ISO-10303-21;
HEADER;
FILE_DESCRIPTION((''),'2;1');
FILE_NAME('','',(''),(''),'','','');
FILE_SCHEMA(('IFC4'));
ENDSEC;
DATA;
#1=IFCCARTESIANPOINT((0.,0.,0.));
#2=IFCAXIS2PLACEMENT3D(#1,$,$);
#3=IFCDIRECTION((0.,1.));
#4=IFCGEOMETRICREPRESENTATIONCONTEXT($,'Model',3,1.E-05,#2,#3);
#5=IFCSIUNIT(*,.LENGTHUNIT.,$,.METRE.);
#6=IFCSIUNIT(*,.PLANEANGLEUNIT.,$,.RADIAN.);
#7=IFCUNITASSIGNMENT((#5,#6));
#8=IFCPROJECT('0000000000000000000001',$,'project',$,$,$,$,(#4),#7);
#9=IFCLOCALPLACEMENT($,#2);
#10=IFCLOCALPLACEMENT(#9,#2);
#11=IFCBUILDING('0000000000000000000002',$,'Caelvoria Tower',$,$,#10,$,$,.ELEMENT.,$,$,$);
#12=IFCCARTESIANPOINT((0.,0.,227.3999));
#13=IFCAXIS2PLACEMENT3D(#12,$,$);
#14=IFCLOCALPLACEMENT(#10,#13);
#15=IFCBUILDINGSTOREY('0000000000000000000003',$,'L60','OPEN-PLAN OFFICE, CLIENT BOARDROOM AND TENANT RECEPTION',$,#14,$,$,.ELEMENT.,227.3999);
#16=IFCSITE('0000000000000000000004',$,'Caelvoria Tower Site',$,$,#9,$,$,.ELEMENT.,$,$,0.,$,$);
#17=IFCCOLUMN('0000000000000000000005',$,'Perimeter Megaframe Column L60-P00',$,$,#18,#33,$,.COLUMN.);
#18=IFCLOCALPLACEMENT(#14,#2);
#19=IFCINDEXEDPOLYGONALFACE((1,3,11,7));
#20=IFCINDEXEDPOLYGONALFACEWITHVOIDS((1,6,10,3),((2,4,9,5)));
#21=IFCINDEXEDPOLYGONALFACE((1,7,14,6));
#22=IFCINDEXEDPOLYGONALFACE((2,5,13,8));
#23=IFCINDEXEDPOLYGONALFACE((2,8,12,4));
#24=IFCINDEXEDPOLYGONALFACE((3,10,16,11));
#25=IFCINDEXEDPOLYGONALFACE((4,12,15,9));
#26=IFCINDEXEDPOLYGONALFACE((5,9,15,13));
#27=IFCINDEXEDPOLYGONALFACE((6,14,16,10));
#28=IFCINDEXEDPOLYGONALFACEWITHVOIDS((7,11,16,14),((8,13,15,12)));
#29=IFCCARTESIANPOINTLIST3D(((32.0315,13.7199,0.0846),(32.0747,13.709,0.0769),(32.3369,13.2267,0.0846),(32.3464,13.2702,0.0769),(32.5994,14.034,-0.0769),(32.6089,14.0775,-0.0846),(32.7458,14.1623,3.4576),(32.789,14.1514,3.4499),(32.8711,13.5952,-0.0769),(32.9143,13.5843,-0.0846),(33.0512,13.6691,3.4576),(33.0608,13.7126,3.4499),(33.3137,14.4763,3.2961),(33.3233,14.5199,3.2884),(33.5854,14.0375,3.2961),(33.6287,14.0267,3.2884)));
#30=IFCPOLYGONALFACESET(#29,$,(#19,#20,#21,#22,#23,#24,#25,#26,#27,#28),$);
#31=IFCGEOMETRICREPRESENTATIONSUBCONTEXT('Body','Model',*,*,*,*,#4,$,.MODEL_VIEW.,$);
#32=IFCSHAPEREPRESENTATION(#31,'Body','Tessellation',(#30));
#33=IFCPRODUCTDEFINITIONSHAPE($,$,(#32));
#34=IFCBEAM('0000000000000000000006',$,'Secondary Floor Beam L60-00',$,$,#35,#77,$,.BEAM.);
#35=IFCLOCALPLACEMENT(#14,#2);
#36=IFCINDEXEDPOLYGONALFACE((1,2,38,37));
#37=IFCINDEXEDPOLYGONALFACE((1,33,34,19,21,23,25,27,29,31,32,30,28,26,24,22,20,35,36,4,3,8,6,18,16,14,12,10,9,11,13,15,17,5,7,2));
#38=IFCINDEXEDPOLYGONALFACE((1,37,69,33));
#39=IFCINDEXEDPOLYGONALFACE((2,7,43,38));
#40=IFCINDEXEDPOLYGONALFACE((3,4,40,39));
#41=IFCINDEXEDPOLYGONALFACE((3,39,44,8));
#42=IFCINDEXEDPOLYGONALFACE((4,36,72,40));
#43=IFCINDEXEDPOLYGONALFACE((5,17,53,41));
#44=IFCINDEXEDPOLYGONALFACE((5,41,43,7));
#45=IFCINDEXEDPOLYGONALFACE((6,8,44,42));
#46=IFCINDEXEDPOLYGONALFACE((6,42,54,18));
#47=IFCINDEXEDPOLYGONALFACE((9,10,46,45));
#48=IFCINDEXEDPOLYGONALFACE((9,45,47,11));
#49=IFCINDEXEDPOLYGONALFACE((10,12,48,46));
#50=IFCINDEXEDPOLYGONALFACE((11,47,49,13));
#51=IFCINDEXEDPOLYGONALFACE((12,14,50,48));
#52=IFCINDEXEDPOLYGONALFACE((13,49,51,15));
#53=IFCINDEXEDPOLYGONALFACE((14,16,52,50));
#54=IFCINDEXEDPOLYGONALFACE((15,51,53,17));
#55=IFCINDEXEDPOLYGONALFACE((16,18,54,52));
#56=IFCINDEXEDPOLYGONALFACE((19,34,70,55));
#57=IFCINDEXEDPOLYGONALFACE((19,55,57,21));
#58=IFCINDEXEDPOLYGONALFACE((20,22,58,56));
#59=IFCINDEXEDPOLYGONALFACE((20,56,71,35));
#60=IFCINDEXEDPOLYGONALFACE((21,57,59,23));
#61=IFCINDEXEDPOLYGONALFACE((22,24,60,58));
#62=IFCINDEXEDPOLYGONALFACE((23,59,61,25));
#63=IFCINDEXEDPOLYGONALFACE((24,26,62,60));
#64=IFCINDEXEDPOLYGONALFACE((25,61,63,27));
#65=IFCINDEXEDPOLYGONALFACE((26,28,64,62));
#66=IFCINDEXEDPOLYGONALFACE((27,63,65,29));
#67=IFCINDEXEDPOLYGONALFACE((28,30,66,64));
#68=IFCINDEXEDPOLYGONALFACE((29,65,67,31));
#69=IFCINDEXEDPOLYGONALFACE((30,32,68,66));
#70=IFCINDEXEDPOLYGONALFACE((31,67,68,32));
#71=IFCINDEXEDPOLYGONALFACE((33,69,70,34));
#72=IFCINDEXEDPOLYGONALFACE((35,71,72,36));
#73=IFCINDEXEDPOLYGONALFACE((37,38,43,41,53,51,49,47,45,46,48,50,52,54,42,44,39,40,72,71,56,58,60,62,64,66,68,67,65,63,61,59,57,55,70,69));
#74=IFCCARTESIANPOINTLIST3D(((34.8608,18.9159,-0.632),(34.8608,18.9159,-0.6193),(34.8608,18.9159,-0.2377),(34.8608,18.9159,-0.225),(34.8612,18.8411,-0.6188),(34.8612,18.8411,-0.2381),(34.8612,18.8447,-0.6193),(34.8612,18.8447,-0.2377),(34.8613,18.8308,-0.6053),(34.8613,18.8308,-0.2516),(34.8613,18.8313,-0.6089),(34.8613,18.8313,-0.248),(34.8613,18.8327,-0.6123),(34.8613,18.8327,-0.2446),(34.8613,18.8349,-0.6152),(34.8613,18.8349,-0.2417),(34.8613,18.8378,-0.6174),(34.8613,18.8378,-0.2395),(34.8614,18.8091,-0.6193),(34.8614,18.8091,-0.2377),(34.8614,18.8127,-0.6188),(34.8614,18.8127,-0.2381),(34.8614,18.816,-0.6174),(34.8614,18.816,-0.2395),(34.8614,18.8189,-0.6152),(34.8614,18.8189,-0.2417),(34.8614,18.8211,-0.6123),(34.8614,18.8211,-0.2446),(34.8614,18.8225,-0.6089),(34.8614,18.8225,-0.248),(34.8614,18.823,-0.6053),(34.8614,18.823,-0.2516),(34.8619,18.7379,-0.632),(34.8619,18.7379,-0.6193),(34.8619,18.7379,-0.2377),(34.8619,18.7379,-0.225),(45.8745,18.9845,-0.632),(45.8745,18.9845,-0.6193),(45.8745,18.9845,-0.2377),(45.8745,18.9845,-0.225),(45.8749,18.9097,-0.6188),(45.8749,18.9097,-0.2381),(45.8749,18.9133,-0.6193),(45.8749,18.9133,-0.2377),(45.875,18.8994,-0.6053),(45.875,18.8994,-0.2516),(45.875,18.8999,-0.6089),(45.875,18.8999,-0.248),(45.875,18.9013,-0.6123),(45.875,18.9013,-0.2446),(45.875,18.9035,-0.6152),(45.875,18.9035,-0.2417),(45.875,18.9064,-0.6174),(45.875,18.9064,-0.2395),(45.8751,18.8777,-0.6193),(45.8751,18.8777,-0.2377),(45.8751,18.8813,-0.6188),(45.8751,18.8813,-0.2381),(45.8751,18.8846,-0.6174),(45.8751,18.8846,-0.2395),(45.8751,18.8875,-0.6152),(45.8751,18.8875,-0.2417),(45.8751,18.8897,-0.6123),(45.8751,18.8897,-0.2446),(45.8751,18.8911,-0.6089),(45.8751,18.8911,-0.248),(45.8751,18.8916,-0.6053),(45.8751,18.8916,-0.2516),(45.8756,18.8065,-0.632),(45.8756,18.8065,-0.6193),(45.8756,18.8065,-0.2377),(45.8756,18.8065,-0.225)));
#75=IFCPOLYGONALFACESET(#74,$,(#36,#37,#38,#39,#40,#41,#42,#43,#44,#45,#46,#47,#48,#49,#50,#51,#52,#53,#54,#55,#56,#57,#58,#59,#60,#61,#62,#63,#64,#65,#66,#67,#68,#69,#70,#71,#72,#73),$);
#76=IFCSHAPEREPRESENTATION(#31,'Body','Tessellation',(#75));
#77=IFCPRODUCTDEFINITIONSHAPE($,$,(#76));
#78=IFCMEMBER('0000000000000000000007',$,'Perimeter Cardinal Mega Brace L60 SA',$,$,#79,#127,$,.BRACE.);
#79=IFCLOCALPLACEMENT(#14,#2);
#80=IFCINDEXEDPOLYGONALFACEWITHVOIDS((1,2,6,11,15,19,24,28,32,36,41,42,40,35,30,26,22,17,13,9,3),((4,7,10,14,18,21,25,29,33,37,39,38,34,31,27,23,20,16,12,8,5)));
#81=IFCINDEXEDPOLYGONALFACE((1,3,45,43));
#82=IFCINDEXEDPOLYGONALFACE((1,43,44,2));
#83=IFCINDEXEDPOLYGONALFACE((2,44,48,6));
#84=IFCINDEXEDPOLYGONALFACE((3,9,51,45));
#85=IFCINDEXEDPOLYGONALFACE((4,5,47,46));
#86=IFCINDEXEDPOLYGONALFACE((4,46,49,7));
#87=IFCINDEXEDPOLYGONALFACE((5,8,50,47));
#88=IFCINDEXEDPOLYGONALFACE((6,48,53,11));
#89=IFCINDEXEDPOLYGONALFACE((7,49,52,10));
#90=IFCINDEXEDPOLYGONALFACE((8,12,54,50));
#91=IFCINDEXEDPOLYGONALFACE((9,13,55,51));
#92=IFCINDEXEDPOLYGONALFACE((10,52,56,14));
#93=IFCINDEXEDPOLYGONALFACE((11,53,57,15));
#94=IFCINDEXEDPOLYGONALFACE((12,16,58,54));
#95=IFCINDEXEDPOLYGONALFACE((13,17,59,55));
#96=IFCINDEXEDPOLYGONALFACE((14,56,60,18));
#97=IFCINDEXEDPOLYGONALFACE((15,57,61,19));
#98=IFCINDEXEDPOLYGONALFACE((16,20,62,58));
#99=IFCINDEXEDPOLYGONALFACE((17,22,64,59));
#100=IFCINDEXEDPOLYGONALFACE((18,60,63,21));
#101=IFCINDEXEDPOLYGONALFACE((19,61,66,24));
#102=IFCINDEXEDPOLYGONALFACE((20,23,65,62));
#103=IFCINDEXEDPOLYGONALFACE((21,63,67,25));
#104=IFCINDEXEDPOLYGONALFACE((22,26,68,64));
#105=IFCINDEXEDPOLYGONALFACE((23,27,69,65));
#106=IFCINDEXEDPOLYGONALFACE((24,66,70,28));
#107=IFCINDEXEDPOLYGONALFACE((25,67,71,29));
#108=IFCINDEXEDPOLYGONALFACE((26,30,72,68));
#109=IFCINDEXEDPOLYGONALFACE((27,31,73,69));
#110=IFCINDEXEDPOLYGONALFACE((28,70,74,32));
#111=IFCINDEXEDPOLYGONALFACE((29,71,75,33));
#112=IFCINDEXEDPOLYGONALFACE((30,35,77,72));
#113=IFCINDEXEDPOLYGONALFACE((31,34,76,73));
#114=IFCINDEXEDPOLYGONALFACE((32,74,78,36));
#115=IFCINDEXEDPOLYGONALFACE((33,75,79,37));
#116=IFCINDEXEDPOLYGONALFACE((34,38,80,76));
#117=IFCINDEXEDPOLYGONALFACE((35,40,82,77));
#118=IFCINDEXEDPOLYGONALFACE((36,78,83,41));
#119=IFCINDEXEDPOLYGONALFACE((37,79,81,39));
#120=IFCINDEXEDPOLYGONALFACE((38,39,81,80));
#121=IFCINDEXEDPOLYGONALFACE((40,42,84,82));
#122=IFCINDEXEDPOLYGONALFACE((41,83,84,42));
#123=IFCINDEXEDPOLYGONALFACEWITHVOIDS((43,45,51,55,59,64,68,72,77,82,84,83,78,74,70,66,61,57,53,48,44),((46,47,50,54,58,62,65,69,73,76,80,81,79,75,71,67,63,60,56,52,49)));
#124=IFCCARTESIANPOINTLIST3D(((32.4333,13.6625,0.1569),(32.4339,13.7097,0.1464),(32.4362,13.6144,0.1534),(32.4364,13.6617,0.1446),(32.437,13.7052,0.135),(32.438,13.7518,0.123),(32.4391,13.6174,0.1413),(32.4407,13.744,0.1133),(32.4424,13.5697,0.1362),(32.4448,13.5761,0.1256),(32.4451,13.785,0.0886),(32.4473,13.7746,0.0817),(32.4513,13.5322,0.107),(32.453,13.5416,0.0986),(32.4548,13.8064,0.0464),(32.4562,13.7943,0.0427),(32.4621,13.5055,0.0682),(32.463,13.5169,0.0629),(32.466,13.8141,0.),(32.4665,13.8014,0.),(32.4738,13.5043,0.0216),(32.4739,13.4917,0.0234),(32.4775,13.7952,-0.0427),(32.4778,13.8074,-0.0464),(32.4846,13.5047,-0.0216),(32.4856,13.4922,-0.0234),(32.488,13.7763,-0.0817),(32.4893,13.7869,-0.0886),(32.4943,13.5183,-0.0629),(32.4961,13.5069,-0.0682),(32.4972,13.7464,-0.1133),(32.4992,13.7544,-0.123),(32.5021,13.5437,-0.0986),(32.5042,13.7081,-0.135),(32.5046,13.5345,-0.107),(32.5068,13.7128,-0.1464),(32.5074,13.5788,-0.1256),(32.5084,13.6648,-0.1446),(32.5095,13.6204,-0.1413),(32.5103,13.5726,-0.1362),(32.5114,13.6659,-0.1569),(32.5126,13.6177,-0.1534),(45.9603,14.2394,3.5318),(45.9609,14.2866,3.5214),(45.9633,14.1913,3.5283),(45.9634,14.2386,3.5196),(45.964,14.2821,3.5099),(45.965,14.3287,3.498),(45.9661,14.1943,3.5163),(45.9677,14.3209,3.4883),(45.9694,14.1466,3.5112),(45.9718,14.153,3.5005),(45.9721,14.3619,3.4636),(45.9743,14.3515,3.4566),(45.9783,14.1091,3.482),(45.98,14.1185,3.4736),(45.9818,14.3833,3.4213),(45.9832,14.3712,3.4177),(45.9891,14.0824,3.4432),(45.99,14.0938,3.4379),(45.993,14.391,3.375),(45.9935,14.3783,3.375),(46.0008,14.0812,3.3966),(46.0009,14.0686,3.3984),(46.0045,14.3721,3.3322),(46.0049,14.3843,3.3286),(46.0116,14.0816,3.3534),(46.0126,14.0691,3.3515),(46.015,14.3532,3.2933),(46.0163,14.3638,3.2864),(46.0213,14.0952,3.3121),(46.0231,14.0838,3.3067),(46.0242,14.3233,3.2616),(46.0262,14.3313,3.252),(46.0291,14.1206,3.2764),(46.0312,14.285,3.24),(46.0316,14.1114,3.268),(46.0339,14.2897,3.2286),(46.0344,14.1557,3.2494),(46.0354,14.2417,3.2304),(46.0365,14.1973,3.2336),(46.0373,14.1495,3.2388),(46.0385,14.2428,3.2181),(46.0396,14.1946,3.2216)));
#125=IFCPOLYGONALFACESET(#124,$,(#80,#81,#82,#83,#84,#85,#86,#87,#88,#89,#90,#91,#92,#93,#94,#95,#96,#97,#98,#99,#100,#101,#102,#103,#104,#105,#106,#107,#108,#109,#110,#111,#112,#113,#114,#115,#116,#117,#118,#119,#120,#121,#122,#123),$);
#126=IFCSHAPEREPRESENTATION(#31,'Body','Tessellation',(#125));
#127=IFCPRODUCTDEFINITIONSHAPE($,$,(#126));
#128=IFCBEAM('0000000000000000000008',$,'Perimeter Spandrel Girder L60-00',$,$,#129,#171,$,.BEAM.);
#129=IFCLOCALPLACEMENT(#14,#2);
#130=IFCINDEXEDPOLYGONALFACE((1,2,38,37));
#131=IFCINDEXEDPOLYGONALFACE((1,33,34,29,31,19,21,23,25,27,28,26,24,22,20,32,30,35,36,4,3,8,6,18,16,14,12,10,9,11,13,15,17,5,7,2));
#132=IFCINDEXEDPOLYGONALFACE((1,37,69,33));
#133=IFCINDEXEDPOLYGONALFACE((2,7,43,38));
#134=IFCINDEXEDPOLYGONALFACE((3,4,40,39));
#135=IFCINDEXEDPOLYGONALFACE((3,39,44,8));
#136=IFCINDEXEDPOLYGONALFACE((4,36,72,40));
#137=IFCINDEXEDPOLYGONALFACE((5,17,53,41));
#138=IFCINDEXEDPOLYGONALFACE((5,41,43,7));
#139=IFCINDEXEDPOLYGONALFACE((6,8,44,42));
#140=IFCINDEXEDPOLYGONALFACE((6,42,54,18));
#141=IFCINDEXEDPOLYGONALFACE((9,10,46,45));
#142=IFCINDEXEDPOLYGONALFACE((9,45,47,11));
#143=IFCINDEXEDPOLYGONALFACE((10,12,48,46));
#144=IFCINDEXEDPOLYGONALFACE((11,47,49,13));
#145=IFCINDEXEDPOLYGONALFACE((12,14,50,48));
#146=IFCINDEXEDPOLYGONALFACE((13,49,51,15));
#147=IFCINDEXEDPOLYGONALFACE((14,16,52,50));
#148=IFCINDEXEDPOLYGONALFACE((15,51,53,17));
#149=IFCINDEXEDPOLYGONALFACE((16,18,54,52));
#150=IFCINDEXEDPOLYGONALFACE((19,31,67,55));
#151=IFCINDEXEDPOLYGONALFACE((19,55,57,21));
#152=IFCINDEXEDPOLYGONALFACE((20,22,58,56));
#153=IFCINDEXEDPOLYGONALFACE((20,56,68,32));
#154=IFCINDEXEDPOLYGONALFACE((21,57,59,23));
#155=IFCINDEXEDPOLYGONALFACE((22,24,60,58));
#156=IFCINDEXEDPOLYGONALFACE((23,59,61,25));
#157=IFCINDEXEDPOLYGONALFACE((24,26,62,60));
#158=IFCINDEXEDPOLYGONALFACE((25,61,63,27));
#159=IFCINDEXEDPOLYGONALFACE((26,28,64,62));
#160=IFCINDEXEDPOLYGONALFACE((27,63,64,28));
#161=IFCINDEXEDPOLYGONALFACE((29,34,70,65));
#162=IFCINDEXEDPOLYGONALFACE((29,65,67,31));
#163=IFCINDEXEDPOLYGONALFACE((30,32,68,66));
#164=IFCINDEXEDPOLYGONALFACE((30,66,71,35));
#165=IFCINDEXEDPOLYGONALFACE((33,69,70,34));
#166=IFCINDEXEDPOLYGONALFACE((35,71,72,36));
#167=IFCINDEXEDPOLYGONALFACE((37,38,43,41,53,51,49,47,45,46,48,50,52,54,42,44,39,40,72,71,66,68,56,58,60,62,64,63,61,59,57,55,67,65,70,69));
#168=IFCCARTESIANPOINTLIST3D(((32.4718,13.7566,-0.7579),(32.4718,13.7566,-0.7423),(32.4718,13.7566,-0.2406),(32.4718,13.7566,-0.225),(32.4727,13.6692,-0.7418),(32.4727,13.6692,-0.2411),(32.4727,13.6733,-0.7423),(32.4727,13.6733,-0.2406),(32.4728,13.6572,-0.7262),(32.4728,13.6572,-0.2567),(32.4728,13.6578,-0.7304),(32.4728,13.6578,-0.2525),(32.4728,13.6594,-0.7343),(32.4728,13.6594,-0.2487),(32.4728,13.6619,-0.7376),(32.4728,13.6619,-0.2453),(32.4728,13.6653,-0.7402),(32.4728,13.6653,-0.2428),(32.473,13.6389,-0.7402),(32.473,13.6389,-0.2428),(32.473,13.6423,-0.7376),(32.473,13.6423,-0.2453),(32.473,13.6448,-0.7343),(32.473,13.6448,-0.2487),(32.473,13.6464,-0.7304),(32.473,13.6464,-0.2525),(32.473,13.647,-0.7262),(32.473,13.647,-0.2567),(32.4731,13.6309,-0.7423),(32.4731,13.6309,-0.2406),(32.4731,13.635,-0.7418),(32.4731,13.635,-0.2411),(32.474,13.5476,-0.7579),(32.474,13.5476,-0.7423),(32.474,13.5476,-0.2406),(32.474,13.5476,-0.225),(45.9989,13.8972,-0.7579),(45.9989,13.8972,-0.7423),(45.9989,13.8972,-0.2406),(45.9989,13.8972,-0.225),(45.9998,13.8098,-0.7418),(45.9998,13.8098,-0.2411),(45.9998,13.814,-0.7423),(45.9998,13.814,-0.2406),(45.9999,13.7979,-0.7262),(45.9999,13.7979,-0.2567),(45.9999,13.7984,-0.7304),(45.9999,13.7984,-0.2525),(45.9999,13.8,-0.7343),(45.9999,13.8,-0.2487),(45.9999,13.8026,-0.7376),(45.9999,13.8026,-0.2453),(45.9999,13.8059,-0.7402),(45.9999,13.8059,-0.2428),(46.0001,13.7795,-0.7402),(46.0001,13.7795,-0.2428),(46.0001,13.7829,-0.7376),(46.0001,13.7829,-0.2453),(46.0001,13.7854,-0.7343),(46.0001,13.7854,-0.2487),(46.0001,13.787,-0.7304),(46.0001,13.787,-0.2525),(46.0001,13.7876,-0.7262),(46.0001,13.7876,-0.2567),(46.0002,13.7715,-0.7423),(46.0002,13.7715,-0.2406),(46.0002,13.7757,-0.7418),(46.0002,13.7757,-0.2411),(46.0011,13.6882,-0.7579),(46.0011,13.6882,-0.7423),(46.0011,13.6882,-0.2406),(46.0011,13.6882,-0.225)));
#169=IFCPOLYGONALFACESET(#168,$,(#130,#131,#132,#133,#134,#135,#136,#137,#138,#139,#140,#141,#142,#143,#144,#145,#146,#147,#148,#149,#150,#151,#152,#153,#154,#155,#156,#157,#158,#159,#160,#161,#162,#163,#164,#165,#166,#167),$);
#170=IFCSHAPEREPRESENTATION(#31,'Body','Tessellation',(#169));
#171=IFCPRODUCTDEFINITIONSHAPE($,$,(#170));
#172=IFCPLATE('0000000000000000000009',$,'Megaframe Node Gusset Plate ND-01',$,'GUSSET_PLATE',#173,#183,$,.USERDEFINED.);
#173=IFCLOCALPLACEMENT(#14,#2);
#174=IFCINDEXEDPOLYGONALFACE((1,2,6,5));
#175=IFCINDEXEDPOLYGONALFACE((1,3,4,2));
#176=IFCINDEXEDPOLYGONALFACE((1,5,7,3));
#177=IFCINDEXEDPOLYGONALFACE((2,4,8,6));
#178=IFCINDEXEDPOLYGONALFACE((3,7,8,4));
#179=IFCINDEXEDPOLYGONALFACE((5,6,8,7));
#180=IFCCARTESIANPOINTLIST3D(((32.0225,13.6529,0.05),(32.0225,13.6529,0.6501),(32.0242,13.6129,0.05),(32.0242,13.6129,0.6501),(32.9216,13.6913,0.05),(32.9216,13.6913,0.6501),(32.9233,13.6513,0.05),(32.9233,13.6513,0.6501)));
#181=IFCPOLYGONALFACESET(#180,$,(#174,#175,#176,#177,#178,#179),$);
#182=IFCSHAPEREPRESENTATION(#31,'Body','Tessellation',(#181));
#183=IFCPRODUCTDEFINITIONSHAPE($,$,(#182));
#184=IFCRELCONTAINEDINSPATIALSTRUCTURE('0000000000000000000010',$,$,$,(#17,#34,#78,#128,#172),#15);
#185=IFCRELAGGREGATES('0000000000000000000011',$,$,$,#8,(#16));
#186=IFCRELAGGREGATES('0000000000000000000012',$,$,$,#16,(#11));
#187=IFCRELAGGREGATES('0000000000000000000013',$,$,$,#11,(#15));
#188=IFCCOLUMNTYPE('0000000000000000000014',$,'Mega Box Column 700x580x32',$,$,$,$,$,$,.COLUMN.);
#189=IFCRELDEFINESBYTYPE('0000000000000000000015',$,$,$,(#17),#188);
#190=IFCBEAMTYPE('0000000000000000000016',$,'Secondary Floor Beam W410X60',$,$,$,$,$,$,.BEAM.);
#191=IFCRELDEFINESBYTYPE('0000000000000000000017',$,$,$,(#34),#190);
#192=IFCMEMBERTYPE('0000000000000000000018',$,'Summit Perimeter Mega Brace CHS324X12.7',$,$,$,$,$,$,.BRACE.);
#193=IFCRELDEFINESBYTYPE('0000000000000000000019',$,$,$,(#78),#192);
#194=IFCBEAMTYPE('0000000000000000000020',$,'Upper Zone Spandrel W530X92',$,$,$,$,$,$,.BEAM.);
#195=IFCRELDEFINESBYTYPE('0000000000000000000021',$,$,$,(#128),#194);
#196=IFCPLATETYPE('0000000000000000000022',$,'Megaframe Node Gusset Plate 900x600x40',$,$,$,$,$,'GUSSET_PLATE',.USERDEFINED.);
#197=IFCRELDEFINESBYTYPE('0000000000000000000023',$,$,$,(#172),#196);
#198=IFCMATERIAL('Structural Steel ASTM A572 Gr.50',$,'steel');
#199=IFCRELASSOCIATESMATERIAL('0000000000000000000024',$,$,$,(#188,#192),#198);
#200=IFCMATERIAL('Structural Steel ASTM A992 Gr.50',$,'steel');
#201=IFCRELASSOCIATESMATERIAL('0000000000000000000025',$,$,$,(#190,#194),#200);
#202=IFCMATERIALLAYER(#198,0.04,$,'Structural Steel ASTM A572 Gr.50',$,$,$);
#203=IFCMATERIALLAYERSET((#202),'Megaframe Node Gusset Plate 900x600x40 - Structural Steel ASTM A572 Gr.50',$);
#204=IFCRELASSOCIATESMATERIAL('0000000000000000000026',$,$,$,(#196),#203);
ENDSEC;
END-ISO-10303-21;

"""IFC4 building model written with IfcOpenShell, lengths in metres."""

from ifc_helpers import new_model, si_unit, direction, frame, origin, origin_2d, place, context, subcontext, project, spatial, rectangle, hollow_rectangle, hollow_circle, i_section, extrude, material, layer, layer_set, material_profile, profile_set, type_object, element, save


model = new_model("IFC4")

# Units and contexts
model_context = context("Model", 3, precision=1e-05, world=origin(), true_north=direction((0.0, 1.0)))
body_context = subcontext(model_context, "Body", "Model", "MODEL_VIEW")
ifc_project = project(units=[si_unit("LENGTHUNIT", "METRE"), si_unit("PLANEANGLEUNIT", "RADIAN")], contexts=[model_context])

# Site, building, storey
site_placement = place(None, origin())
site = spatial("IfcSite", under=ifc_project, at=site_placement, Name="Caelvoria Tower Site", CompositionType="ELEMENT", RefElevation=0.0)
building_placement = place(site_placement, origin())
building = spatial("IfcBuilding", under=site, at=building_placement, Name="Caelvoria Tower", CompositionType="ELEMENT")
storey_placement = place(building_placement, frame((0.0, 0.0, 227.3999)))
storey = spatial("IfcBuildingStorey", under=building, at=storey_placement, Name="L60", Description="OPEN-PLAN OFFICE, CLIENT BOARDROOM AND TENANT RECEPTION", CompositionType="ELEMENT", Elevation=227.3999)

# Column
ifc_material_1 = material(Name="Structural Steel ASTM A572 Gr.50", Category="steel")
ifc_material_profile_1 = material_profile(ifc_material_1, hollow_rectangle(XDim=0.5801, YDim=0.7, WallThickness=0.032, at=origin_2d()), Name="Structural Steel ASTM A572 Gr.50")
ifc_profile_set_1 = profile_set([ifc_material_profile_1], Name="BOX700X580X32 - Structural Steel ASTM A572 Gr.50")
column_type = type_object("IfcColumnType", Name="Mega Box Column 700x580x32", PredefinedType="COLUMN", material=ifc_profile_set_1)
column_placement = place(storey_placement, frame((32.4729, 13.6521, 0.0), z_axis=(0.205503, 0.127263, 0.970347), x_axis=(-0.526495, 0.850178, 0.0)))
element("IfcColumn", 1, at=column_placement, inside=storey, type_object=column_type, Name="Perimeter Megaframe Column L60-P00", PredefinedType="COLUMN", context=body_context, shape_type="SweptSolid", body=[
    extrude(hollow_rectangle(XDim=0.5801, YDim=0.7, WallThickness=0.032, at=origin_2d()), origin(), (0.0, 0.0, 1.0), 3.4761),
])

# Beam
ifc_material_2 = material(Name="Structural Steel ASTM A992 Gr.50", Category="steel")
ifc_material_profile_2 = material_profile(ifc_material_2, i_section(OverallWidth=0.178, OverallDepth=0.407, WebThickness=0.0078, FlangeThickness=0.0127, FilletRadius=0.0139, at=origin_2d()), Name="Structural Steel ASTM A992 Gr.50")
ifc_profile_set_2 = profile_set([ifc_material_profile_2], Name="W410X60 - Structural Steel ASTM A992 Gr.50")
beam_type_1 = type_object("IfcBeamType", Name="Secondary Floor Beam W410X60", PredefinedType="BEAM", material=ifc_profile_set_2)
beam_1_placement = place(storey_placement, frame((34.8613, 18.8269, -0.4285), z_axis=(0.999981, 0.006229, 0.0), x_axis=(-0.006229, 0.999981, 0.0)))
element("IfcBeam", 2, at=beam_1_placement, inside=storey, type_object=beam_type_1, Name="Secondary Floor Beam L60-00", PredefinedType="BEAM", context=body_context, shape_type="SweptSolid", body=[
    extrude(i_section(OverallWidth=0.178, OverallDepth=0.407, WebThickness=0.0078, FlangeThickness=0.0127, FilletRadius=0.0139, at=origin_2d()), origin(), (0.0, 0.0, 1.0), 11.0139),
])

# Member
ifc_material_profile_3 = material_profile(ifc_material_1, hollow_circle(Radius=0.1621, WallThickness=0.0127, at=origin_2d()), Name="Structural Steel ASTM A572 Gr.50")
ifc_profile_set_3 = profile_set([ifc_material_profile_3], Name="CHS324X12.7 - Structural Steel ASTM A572 Gr.50")
member_type = type_object("IfcMemberType", Name="Summit Perimeter Mega Brace CHS324X12.7", PredefinedType="BRACE", material=ifc_profile_set_3)
member_placement = place(storey_placement, frame((32.4729, 13.6521, 0.0), z_axis=(0.969427, 0.041344, 0.241871), x_axis=(-0.042609, 0.999092, 0.0)))
element("IfcMember", 3, at=member_placement, inside=storey, type_object=member_type, Name="Perimeter Cardinal Mega Brace L60 SA", PredefinedType="BRACE", context=body_context, shape_type="SweptSolid", body=[
    extrude(hollow_circle(Radius=0.1621, WallThickness=0.0127, at=origin_2d()), origin(), (0.0, 0.0, 1.0), 13.9536),
])

# Beam
ifc_material_profile_4 = material_profile(ifc_material_2, i_section(OverallWidth=0.209, OverallDepth=0.533, WebThickness=0.0103, FlangeThickness=0.0156, FilletRadius=0.0161, at=origin_2d()), Name="Structural Steel ASTM A992 Gr.50")
ifc_profile_set_4 = profile_set([ifc_material_profile_4], Name="W530X92 - Structural Steel ASTM A992 Gr.50")
beam_type_2 = type_object("IfcBeamType", Name="Upper Zone Spandrel W530X92", PredefinedType="BEAM", material=ifc_profile_set_4)
beam_2_placement = place(storey_placement, frame((32.4729, 13.6521, -0.4915), z_axis=(0.999946, 0.010395, 0.0), x_axis=(-0.010395, 0.999946, 0.0)))
element("IfcBeam", 4, at=beam_2_placement, inside=storey, type_object=beam_type_2, Name="Perimeter Spandrel Girder L60-00", PredefinedType="BEAM", context=body_context, shape_type="SweptSolid", body=[
    extrude(i_section(OverallWidth=0.209, OverallDepth=0.533, WebThickness=0.0103, FlangeThickness=0.0156, FilletRadius=0.0161, at=origin_2d()), origin(), (0.0, 0.0, 1.0), 13.5278),
])

# Plate
ifc_layer_1 = layer(ifc_material_1, 0.04, Name="Structural Steel ASTM A572 Gr.50")
ifc_layer_set_1 = layer_set([ifc_layer_1], Name="Megaframe Node Gusset Plate 900x600x40 - Structural Steel ASTM A572 Gr.50")
plate_type = type_object("IfcPlateType", Name="Megaframe Node Gusset Plate 900x600x40", ElementType="GUSSET_PLATE", PredefinedType="USERDEFINED", material=ifc_layer_set_1)
plate_placement = place(storey_placement, frame((32.4729, 13.6521, 0.05), z_axis=(0.0, 0.0, 1.0), x_axis=(0.999092, 0.042608, 0.0)))
element("IfcPlate", 5, at=plate_placement, inside=storey, type_object=plate_type, Name="Megaframe Node Gusset Plate ND-01", ObjectType="GUSSET_PLATE", PredefinedType="USERDEFINED", context=body_context, shape_type="SweptSolid", body=[
    extrude(rectangle(XDim=0.8999, YDim=0.04, at=origin_2d()), origin(), (0.0, 0.0, 1.0), 0.6001),
])

save(model, "model.ifc")
